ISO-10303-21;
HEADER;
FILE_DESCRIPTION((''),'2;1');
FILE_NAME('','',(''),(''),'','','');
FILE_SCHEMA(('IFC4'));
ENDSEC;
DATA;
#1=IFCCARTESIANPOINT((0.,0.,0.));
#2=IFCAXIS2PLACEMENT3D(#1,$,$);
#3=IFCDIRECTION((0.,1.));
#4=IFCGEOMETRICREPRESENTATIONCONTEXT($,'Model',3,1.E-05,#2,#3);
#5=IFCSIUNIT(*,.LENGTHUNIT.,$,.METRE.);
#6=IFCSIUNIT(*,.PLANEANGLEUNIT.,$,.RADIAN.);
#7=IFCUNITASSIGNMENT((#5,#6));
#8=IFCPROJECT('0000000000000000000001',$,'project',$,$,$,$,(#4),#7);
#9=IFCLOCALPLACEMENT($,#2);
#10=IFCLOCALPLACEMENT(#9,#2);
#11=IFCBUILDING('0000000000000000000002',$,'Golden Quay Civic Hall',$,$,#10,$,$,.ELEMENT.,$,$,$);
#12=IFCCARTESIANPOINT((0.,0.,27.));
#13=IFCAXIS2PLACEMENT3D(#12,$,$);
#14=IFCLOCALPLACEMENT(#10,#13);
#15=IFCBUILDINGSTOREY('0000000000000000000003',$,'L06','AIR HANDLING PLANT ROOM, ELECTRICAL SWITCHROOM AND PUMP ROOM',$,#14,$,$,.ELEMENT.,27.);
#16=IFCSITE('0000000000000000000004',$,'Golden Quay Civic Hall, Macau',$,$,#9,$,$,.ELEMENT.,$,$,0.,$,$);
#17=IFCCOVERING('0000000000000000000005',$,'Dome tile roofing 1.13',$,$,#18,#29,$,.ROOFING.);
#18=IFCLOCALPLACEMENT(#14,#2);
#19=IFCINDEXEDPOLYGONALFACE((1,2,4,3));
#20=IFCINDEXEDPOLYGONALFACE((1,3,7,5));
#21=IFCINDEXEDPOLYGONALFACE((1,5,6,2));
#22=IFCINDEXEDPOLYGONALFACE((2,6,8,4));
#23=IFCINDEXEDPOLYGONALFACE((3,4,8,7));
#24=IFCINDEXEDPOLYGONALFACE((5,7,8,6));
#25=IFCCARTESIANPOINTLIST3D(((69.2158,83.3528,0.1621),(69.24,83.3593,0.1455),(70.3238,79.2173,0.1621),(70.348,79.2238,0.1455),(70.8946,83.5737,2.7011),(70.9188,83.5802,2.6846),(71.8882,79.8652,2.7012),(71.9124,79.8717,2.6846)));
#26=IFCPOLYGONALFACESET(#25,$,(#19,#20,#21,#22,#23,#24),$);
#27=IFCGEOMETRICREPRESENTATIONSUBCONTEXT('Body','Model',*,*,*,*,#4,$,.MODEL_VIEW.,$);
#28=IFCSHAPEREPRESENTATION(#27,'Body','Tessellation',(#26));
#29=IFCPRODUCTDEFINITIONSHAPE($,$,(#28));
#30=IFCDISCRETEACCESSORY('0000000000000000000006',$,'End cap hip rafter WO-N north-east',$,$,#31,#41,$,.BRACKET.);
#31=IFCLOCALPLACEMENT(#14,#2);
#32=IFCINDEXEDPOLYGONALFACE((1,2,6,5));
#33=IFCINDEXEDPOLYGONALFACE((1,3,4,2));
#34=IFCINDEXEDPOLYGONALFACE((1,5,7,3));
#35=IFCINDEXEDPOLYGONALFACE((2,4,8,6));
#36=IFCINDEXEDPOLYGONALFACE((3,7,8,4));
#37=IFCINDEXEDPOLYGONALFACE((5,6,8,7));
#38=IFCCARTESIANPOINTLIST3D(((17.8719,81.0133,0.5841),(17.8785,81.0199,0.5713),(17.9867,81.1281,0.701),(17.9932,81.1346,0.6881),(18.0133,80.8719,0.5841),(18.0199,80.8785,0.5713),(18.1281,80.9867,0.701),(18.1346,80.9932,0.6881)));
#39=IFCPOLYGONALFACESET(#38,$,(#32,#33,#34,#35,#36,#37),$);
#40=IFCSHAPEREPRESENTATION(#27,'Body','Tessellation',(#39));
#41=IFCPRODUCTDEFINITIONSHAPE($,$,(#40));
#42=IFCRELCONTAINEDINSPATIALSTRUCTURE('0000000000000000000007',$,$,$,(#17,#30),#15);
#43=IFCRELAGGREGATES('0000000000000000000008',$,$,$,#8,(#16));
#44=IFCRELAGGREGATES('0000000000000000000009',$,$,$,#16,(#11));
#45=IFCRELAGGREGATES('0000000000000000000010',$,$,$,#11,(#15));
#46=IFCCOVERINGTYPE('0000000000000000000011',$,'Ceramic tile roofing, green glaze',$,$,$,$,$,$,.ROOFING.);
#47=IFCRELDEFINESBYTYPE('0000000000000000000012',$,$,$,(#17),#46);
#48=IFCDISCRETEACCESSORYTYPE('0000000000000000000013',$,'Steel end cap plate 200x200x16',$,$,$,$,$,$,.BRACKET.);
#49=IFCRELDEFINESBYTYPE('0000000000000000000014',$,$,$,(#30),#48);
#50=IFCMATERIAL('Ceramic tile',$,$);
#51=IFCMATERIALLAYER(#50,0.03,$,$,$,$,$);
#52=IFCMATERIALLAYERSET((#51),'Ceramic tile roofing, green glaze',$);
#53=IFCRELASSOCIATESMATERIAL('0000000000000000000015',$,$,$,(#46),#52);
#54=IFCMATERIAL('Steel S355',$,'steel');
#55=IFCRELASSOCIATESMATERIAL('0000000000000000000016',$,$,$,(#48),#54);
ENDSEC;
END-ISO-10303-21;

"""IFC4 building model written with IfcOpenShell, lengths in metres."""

from ifc_helpers import new_model, si_unit, direction, frame, origin, origin_2d, place, context, subcontext, project, spatial, polyline, rectangle, outline, extrude, material, layer, layer_set, material_profile, profile_set, type_object, element, save


model = new_model("IFC4")

# Units and contexts
model_context = context("Model", 3, precision=1e-05, world=origin(), true_north=direction((0.0, 1.0)))
body_context = subcontext(model_context, "Body", "Model", "MODEL_VIEW")
ifc_project = project(units=[si_unit("LENGTHUNIT", "METRE"), si_unit("PLANEANGLEUNIT", "RADIAN")], contexts=[model_context])

# Site, building, storey
site_placement = place(None, origin())
site = spatial("IfcSite", under=ifc_project, at=site_placement, Name="Golden Quay Civic Hall, Macau", CompositionType="ELEMENT", RefElevation=0.0)
building_placement = place(site_placement, origin())
building = spatial("IfcBuilding", under=site, at=building_placement, Name="Golden Quay Civic Hall", CompositionType="ELEMENT")
storey_placement = place(building_placement, frame((0.0, 0.0, 27.0)))
storey = spatial("IfcBuildingStorey", under=building, at=storey_placement, Name="L06", Description="AIR HANDLING PLANT ROOM, ELECTRICAL SWITCHROOM AND PUMP ROOM", CompositionType="ELEMENT", Elevation=27.0)

# Covering
ifc_material_1 = material(Name="Ceramic tile")
ifc_layer_1 = layer(ifc_material_1, 0.03)
ifc_layer_set_1 = layer_set([ifc_layer_1], Name="Ceramic tile roofing, green glaze")
covering_type = type_object("IfcCoveringType", Name="Ceramic tile roofing, green glaze", PredefinedType="ROOFING", material=ifc_layer_set_1)
covering_1_placement = place(storey_placement, frame((69.2158, 83.3528, 0.1621), z_axis=(-0.80574, -0.215874, 0.551526), x_axis=(0.258788, -0.965934, -0.000008)))
element("IfcCovering", 1, at=covering_1_placement, inside=storey, type_object=covering_type, Name="Dome tile roofing 1.13", PredefinedType="ROOFING", context=body_context, shape_type="SweptSolid", body=[
    extrude(outline(polyline([(0.0, 0.0), (4.2813, 0.0), (4.0603, 3.0439), (0.221, 3.0438), (0.0, 0.0)])), origin(), (0.0, 0.0, -1.0), 0.03),
])

# Discrete accessory
ifc_material_2 = material(Name="Steel S355", Category="steel")
ifc_material_profile_1 = material_profile(ifc_material_2, rectangle(XDim=0.2, YDim=0.2, at=origin_2d()), Name="Steel end cap plate 200x200x16")
ifc_profile_set_1 = profile_set([ifc_material_profile_1], Name="Steel S355")
discrete_accessory_type = type_object("IfcDiscreteAccessoryType", Name="Steel end cap plate 200x200x16", PredefinedType="BRACKET", material=ifc_profile_set_1)
discrete_accessory_placement = place(storey_placement, frame((18.0, 81.0, 0.6426), z_axis=(0.413335, 0.413335, -0.811362), x_axis=(-0.707107, 0.707107, 0.0)))
element("IfcDiscreteAccessory", 2, at=discrete_accessory_placement, inside=storey, type_object=discrete_accessory_type, Name="End cap hip rafter WO-N north-east", PredefinedType="BRACKET", context=body_context, shape_type="SweptSolid", body=[
    extrude(rectangle(XDim=0.2, YDim=0.2, at=origin_2d()), origin(), (0.0, 0.0, 1.0), 0.0159),
])

save(model, "model.ifc")
